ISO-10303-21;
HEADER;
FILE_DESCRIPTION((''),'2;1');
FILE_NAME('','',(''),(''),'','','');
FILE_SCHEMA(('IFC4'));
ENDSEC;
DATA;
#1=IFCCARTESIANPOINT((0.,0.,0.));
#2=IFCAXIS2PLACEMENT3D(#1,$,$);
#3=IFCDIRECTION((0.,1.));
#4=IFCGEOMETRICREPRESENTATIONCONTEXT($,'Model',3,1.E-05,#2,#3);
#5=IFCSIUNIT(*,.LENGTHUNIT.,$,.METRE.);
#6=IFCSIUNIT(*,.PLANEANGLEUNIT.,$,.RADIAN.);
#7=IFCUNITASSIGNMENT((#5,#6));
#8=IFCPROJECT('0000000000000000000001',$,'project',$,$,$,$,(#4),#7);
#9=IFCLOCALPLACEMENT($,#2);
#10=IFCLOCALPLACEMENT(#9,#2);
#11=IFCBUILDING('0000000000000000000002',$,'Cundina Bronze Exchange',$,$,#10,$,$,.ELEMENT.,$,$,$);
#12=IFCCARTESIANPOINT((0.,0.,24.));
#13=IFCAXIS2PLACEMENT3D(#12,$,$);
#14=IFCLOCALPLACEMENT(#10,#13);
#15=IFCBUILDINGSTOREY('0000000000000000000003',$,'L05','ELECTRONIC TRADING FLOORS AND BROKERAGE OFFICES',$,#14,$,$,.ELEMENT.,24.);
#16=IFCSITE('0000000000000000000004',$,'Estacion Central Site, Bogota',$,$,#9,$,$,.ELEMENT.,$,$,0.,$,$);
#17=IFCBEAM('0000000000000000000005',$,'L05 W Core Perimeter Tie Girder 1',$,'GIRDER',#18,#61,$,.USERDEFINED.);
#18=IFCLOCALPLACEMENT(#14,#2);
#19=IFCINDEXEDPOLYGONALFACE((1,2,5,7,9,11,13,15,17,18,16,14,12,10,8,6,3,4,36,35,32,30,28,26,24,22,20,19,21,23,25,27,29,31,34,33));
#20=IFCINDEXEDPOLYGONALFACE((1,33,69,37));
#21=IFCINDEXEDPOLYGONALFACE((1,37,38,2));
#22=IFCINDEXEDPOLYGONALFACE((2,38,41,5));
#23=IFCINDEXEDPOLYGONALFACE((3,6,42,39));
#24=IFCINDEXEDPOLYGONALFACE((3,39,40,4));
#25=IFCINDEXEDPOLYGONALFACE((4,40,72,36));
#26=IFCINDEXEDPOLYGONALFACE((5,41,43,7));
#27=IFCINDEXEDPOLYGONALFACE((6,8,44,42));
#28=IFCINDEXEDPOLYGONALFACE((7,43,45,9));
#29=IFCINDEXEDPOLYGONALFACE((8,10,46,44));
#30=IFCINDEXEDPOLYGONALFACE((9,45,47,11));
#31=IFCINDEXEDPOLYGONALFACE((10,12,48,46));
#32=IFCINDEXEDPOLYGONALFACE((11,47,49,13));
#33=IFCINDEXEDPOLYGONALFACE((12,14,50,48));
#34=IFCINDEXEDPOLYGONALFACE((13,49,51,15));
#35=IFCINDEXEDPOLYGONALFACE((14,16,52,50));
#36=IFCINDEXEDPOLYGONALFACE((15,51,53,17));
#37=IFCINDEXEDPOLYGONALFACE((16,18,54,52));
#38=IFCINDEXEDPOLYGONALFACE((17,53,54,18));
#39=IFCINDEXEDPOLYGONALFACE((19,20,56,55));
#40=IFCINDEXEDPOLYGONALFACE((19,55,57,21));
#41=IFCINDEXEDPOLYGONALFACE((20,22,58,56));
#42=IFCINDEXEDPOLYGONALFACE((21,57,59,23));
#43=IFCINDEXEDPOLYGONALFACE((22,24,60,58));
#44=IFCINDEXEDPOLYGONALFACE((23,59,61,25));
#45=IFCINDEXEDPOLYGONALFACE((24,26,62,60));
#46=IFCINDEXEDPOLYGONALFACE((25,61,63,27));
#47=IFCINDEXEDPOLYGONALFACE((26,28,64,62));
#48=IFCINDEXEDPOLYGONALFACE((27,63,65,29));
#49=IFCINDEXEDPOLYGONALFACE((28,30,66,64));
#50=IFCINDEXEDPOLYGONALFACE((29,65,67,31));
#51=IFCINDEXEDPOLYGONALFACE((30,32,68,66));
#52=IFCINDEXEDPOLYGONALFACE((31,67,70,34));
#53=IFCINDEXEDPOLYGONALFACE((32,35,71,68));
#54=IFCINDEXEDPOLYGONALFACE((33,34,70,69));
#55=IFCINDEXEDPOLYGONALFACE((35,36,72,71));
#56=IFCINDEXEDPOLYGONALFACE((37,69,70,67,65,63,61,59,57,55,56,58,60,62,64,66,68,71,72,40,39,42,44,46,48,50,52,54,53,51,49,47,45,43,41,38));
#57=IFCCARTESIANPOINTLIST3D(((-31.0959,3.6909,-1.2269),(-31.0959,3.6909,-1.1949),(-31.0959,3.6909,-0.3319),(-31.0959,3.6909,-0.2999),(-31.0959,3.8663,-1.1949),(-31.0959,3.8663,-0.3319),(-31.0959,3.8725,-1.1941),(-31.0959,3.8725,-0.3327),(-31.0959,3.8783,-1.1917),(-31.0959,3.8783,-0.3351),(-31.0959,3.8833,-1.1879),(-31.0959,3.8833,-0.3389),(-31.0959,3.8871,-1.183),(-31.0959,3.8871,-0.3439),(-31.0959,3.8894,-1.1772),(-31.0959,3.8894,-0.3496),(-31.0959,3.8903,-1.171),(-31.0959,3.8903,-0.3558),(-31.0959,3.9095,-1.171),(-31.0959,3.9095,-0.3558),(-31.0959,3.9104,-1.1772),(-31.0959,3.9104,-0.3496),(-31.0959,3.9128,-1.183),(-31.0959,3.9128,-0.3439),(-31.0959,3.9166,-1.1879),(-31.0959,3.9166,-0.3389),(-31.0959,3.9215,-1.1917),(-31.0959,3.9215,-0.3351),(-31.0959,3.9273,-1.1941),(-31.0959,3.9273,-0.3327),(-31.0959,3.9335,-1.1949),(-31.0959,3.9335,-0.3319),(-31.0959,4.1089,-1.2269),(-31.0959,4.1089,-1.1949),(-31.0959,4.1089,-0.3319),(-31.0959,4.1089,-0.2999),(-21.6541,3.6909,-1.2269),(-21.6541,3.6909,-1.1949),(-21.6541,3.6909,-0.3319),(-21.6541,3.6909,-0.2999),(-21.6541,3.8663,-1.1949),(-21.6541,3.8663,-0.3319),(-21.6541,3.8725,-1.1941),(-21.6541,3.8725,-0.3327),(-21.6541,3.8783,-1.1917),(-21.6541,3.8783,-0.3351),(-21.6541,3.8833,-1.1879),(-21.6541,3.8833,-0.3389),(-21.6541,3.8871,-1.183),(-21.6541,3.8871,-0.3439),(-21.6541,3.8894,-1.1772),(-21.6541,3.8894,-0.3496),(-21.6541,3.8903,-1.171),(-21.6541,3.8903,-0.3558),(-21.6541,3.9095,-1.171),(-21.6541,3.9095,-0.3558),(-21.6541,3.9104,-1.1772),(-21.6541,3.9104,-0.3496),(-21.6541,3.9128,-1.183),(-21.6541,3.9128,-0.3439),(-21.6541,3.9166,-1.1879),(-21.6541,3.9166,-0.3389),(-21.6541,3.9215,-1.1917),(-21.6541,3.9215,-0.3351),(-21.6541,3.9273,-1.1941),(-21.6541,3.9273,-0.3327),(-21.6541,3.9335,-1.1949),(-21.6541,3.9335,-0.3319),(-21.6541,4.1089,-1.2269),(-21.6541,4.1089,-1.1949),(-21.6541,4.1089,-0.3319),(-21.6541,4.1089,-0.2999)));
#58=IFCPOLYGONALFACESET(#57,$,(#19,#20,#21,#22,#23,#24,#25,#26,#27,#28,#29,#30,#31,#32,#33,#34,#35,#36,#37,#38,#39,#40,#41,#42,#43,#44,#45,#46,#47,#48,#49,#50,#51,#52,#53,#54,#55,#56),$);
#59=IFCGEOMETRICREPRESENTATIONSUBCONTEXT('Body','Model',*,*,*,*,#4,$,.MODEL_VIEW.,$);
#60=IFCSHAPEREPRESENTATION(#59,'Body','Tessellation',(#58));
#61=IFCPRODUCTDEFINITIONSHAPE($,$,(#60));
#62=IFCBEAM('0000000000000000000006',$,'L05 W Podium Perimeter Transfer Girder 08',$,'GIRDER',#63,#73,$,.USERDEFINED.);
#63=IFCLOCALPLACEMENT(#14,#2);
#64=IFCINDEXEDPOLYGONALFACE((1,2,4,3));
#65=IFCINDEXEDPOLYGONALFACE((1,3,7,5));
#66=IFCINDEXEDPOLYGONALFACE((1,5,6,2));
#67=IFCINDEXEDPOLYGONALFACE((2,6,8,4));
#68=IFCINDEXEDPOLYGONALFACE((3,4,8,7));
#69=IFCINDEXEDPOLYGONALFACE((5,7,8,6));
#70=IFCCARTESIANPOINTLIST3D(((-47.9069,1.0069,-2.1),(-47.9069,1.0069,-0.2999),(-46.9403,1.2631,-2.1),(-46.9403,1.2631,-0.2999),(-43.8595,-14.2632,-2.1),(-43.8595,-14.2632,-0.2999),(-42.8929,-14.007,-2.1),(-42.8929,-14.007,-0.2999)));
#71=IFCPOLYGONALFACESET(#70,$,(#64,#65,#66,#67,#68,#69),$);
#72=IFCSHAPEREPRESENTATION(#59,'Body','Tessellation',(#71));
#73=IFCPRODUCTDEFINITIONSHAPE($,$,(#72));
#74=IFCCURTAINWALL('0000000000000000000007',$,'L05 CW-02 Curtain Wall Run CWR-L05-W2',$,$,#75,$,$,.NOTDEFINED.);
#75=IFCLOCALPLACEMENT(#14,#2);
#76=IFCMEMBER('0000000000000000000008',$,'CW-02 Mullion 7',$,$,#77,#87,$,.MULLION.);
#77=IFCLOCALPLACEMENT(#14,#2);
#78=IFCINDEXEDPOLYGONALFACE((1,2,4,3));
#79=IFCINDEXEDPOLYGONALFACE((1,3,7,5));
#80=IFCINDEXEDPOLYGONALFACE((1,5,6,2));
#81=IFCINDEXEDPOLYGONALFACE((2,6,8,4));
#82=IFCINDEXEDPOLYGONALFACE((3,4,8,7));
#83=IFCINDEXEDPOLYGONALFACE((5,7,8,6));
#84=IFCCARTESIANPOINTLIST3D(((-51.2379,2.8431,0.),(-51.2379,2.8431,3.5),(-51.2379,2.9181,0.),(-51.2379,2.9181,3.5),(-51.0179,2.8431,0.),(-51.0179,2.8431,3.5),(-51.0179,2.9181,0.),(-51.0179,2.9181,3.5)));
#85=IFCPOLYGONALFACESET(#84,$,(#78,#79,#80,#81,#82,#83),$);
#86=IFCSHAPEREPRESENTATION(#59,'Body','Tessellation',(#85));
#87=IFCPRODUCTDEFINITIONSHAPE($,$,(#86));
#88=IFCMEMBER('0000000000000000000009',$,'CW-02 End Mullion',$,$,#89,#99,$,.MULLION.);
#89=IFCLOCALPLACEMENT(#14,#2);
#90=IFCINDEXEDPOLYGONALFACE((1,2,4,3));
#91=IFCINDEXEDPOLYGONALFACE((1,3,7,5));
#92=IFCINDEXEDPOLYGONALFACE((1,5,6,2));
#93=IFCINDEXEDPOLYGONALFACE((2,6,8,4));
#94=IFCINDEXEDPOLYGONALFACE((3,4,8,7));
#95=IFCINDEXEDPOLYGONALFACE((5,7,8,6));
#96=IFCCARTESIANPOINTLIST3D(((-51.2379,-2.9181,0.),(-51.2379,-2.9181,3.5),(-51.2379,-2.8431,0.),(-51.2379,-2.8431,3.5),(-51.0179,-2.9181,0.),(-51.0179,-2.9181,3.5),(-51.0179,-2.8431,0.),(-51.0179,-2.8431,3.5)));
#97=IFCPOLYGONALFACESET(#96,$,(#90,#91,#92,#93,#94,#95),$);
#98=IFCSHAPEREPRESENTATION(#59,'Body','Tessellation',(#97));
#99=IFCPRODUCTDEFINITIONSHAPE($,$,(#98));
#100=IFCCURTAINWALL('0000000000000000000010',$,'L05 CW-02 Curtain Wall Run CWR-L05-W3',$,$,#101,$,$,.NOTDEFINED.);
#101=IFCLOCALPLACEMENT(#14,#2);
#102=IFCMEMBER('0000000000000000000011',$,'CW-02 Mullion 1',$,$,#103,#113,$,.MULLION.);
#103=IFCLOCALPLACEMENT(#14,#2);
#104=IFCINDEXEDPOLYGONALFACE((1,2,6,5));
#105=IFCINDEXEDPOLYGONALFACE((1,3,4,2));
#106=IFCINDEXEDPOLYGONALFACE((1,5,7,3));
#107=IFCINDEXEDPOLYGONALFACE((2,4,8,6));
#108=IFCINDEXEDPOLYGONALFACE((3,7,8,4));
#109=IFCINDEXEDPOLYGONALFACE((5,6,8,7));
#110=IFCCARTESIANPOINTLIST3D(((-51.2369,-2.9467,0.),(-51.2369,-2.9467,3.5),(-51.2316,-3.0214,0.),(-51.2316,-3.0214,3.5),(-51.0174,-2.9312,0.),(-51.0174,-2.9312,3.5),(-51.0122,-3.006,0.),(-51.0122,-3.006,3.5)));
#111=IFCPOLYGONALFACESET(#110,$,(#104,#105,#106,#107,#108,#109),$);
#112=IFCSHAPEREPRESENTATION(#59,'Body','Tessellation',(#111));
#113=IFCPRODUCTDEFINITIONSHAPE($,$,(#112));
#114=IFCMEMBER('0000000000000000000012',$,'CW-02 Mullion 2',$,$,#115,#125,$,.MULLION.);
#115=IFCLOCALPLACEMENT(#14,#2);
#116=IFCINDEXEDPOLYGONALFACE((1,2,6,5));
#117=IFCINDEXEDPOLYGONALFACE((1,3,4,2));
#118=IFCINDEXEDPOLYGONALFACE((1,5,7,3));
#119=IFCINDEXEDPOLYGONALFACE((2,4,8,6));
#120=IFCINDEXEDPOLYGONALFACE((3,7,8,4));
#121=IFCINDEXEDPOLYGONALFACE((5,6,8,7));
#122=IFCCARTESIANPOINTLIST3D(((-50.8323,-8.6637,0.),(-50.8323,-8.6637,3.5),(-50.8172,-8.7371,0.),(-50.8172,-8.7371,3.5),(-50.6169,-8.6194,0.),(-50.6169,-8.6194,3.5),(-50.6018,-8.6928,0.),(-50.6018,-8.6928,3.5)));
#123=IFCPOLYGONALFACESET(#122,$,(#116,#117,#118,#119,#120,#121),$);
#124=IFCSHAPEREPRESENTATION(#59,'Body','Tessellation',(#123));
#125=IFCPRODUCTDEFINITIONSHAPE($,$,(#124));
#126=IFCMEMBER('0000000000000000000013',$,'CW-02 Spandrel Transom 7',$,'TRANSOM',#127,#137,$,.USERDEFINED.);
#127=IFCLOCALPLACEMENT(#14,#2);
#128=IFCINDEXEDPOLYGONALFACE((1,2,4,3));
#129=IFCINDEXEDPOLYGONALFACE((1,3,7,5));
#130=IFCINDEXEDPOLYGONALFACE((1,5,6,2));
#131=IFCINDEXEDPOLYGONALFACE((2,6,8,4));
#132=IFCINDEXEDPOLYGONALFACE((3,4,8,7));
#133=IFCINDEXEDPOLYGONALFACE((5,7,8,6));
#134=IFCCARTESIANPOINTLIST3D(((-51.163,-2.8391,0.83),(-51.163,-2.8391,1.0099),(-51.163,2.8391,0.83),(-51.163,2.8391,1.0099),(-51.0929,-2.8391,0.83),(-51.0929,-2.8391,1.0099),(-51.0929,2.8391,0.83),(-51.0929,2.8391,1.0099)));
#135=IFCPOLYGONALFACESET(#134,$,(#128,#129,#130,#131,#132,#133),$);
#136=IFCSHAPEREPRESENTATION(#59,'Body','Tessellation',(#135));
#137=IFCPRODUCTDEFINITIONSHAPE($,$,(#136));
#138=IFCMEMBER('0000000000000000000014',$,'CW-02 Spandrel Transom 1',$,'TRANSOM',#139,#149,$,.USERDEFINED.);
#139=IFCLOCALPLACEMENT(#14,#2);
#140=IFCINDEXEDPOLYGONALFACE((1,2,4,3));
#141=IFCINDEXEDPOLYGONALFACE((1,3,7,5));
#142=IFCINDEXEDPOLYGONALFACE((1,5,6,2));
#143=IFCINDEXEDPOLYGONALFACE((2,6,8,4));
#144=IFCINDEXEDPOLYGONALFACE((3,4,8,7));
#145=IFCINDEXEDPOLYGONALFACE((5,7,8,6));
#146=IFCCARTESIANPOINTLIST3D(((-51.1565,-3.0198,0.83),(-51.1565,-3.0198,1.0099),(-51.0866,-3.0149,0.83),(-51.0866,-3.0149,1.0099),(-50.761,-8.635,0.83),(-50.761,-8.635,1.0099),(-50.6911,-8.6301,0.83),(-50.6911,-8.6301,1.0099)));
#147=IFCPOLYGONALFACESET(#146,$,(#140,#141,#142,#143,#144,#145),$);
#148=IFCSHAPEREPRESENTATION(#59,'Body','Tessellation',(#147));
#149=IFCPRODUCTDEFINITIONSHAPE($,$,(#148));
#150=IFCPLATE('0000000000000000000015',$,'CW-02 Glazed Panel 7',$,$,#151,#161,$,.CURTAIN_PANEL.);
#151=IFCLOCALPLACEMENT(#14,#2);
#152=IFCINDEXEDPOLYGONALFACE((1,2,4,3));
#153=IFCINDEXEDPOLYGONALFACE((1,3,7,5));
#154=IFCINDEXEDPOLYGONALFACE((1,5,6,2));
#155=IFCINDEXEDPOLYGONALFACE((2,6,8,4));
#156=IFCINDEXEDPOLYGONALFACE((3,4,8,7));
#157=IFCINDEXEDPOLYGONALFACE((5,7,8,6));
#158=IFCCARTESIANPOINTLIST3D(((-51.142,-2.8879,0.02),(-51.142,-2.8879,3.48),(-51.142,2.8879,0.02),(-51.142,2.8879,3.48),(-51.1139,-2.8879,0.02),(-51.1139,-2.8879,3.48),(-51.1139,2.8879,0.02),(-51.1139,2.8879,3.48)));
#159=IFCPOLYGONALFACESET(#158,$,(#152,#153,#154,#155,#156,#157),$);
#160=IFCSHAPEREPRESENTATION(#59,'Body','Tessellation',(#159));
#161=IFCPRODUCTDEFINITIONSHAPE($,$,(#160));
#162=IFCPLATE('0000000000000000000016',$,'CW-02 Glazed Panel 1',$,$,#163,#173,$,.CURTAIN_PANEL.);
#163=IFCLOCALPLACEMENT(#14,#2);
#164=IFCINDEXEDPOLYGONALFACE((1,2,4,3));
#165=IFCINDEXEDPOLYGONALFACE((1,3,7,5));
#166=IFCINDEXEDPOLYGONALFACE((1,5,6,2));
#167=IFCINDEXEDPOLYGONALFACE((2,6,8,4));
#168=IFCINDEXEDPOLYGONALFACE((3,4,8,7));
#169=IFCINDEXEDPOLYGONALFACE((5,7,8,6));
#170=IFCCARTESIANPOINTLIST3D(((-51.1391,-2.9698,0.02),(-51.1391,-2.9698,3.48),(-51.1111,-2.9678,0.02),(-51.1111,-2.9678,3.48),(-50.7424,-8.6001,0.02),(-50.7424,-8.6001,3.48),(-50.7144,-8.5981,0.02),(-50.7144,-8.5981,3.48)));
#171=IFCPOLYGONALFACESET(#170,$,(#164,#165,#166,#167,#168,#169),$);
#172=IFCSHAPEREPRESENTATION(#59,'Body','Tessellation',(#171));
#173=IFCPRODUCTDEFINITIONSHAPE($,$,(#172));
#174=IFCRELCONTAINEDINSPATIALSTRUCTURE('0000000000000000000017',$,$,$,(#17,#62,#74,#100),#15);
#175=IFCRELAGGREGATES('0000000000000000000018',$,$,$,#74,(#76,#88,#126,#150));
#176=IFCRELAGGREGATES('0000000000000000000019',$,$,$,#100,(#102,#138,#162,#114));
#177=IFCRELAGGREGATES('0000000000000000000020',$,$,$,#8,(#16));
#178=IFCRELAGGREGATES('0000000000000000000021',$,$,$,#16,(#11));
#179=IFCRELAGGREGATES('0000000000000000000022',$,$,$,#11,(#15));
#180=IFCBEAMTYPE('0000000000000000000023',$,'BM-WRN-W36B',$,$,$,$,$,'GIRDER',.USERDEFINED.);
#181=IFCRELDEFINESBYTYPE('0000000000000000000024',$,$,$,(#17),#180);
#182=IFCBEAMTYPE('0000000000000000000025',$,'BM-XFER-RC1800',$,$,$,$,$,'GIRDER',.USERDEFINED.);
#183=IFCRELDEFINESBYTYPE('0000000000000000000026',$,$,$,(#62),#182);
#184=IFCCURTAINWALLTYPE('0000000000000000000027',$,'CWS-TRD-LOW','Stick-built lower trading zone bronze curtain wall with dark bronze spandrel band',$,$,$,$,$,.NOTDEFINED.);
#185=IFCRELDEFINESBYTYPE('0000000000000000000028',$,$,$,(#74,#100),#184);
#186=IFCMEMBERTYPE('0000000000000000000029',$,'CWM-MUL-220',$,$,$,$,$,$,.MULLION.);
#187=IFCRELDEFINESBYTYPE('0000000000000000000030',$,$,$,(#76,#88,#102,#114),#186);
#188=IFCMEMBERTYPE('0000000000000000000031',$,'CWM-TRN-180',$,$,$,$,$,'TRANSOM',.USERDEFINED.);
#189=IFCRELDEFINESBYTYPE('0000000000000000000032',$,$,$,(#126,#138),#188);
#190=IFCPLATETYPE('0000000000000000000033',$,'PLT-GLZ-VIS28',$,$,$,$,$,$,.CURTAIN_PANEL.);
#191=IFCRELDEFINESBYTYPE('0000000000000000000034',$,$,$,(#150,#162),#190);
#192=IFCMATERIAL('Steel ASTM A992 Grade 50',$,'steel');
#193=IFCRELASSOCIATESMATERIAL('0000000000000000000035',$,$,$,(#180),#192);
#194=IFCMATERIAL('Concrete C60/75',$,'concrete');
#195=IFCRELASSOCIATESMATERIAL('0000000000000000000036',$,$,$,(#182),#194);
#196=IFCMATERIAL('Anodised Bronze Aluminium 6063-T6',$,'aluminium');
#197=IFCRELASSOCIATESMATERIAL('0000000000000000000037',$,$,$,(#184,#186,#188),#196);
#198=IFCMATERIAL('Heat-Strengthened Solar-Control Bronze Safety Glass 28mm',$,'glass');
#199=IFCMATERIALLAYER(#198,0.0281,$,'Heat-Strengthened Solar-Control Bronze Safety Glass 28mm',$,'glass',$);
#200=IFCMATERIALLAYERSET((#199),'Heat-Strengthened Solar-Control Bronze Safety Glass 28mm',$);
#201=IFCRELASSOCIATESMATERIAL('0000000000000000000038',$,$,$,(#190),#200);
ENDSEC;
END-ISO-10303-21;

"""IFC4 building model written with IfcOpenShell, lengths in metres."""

from ifc_helpers import new_model, si_unit, direction, frame, origin, origin_2d, place, context, subcontext, project, spatial, rectangle, i_section, extrude, material, layer, layer_set, material_profile, profile_set, type_object, element, aggregate, save


model = new_model("IFC4")

# Units and contexts
model_context = context("Model", 3, precision=1e-05, world=origin(), true_north=direction((0.0, 1.0)))
body_context = subcontext(model_context, "Body", "Model", "MODEL_VIEW")
ifc_project = project(units=[si_unit("LENGTHUNIT", "METRE"), si_unit("PLANEANGLEUNIT", "RADIAN")], contexts=[model_context])

# Site, building, storey
site_placement = place(None, origin())
site = spatial("IfcSite", under=ifc_project, at=site_placement, Name="Estacion Central Site, Bogota", CompositionType="ELEMENT", RefElevation=0.0)
building_placement = place(site_placement, origin())
building = spatial("IfcBuilding", under=site, at=building_placement, Name="Cundina Bronze Exchange", CompositionType="ELEMENT")
storey_placement = place(building_placement, frame((0.0, 0.0, 24.0)))
storey = spatial("IfcBuildingStorey", under=building, at=storey_placement, Name="L05", Description="ELECTRONIC TRADING FLOORS AND BROKERAGE OFFICES", CompositionType="ELEMENT", Elevation=24.0)

# Shared definitions
ifc_material_1 = material(Name="Steel ASTM A992 Grade 50", Category="steel")
ifc_material_2 = material(Name="Concrete C60/75", Category="concrete")

# Beams
ifc_material_profile_1 = material_profile(ifc_material_1, i_section(OverallWidth=0.418, OverallDepth=0.927, WebThickness=0.0193, FlangeThickness=0.032, FilletRadius=0.0239, at=origin_2d()), Name="W36X231", Category="steel")
ifc_profile_set_1 = profile_set([ifc_material_profile_1], Name="Steel ASTM A992 Grade 50")
beam_type_1 = type_object("IfcBeamType", Name="BM-WRN-W36B", ElementType="GIRDER", PredefinedType="USERDEFINED", material=ifc_profile_set_1)
beam_1_placement = place(storey_placement, frame((-31.0959, 3.8999, -0.7634), z_axis=(1.0, 0.0, 0.0), x_axis=(0.0, 1.0, 0.0)))
element("IfcBeam", 1, at=beam_1_placement, inside=storey, type_object=beam_type_1, Name="L05 W Core Perimeter Tie Girder 1", ObjectType="GIRDER", PredefinedType="USERDEFINED", context=body_context, shape_type="SweptSolid", body=[
    extrude(i_section(OverallWidth=0.418, OverallDepth=0.927, WebThickness=0.0193, FlangeThickness=0.032, FilletRadius=0.0239, at=origin_2d()), origin(), (0.0, 0.0, 1.0), 9.4419),
])
ifc_material_profile_2 = material_profile(ifc_material_2, rectangle(XDim=1.0, YDim=1.8, at=origin_2d()), Name="RC1000X1800", Category="concrete")
ifc_profile_set_2 = profile_set([ifc_material_profile_2], Name="Concrete C60/75")
beam_type_2 = type_object("IfcBeamType", Name="BM-XFER-RC1800", ElementType="GIRDER", PredefinedType="USERDEFINED", material=ifc_profile_set_2)
beam_2_placement = place(storey_placement, frame((-47.4236, 1.135, -1.2), z_axis=(0.256206, -0.966622, 0.0), x_axis=(0.966622, 0.256206, 0.0)))
element("IfcBeam", 2, at=beam_2_placement, inside=storey, type_object=beam_type_2, Name="L05 W Podium Perimeter Transfer Girder 08", ObjectType="GIRDER", PredefinedType="USERDEFINED", context=body_context, shape_type="SweptSolid", body=[
    extrude(rectangle(XDim=1.0, YDim=1.8, at=origin_2d()), origin(), (0.0, 0.0, 1.0), 15.7974),
])

# Curtain walls, members
ifc_material_3 = material(Name="Anodised Bronze Aluminium 6063-T6", Category="aluminium")
curtain_wall_type = type_object("IfcCurtainWallType", Name="CWS-TRD-LOW", Description="Stick-built lower trading zone bronze curtain wall with dark bronze spandrel band", PredefinedType="NOTDEFINED", material=ifc_material_3)
curtain_wall_1_placement = place(storey_placement, origin())
curtain_wall_1 = element("IfcCurtainWall", 3, at=curtain_wall_1_placement, inside=storey, type_object=curtain_wall_type, Name="L05 CW-02 Curtain Wall Run CWR-L05-W2", PredefinedType="NOTDEFINED")
ifc_material_profile_3 = material_profile(ifc_material_3, rectangle(XDim=0.075, YDim=0.22, at=origin_2d()), Name="AL75X220", Category="aluminium")
ifc_profile_set_3 = profile_set([ifc_material_profile_3], Name="Anodised Bronze Aluminium 6063-T6")
member_type_1 = type_object("IfcMemberType", Name="CWM-MUL-220", PredefinedType="MULLION", material=ifc_profile_set_3)
member_1_placement = place(storey_placement, frame((-51.1279, 2.8806, 0.0), z_axis=(0.0, 0.0, 1.0), x_axis=(0.0, -1.0, 0.0)))
member_1 = element("IfcMember", 4, at=member_1_placement, type_object=member_type_1, Name="CW-02 Mullion 7", PredefinedType="MULLION", context=body_context, shape_type="SweptSolid", body=[
    extrude(rectangle(XDim=0.075, YDim=0.22, at=origin_2d()), origin(), (0.0, 0.0, 1.0), 3.5),
])
member_2_placement = place(storey_placement, frame((-51.1279, -2.8806, 0.0), z_axis=(0.0, 0.0, 1.0), x_axis=(0.0, -1.0, 0.0)))
member_2 = element("IfcMember", 5, at=member_2_placement, type_object=member_type_1, Name="CW-02 End Mullion", PredefinedType="MULLION", context=body_context, shape_type="SweptSolid", body=[
    extrude(rectangle(XDim=0.075, YDim=0.22, at=origin_2d()), origin(), (0.0, 0.0, 1.0), 3.5),
])
curtain_wall_2_placement = place(storey_placement, origin())
curtain_wall_2 = element("IfcCurtainWall", 6, at=curtain_wall_2_placement, inside=storey, type_object=curtain_wall_type, Name="L05 CW-02 Curtain Wall Run CWR-L05-W3", PredefinedType="NOTDEFINED")
member_3_placement = place(storey_placement, frame((-51.1245, -2.9763, 0.0), z_axis=(0.0, 0.0, 1.0), x_axis=(0.070279, -0.997527, 0.0)))
member_3 = element("IfcMember", 7, at=member_3_placement, type_object=member_type_1, Name="CW-02 Mullion 1", PredefinedType="MULLION", context=body_context, shape_type="SweptSolid", body=[
    extrude(rectangle(XDim=0.075, YDim=0.22, at=origin_2d()), origin(), (0.0, 0.0, 1.0), 3.5),
])
member_4_placement = place(storey_placement, frame((-50.717, -8.6782, 0.0), z_axis=(0.0, 0.0, 1.0), x_axis=(0.20142, -0.979505, 0.0)))
member_4 = element("IfcMember", 8, at=member_4_placement, type_object=member_type_1, Name="CW-02 Mullion 2", PredefinedType="MULLION", context=body_context, shape_type="SweptSolid", body=[
    extrude(rectangle(XDim=0.075, YDim=0.22, at=origin_2d()), origin(), (0.0, 0.0, 1.0), 3.5),
])

# Members
ifc_material_profile_4 = material_profile(ifc_material_3, rectangle(XDim=0.0701, YDim=0.1799, at=origin_2d()), Name="AL70X180", Category="aluminium")
ifc_profile_set_4 = profile_set([ifc_material_profile_4], Name="Anodised Bronze Aluminium 6063-T6")
member_type_2 = type_object("IfcMemberType", Name="CWM-TRN-180", ElementType="TRANSOM", PredefinedType="USERDEFINED", material=ifc_profile_set_4)
member_5_placement = place(storey_placement, frame((-51.1279, 2.8391, 0.9199), z_axis=(0.0, -1.0, 0.0), x_axis=(1.0, 0.0, 0.0)))
member_5 = element("IfcMember", 9, at=member_5_placement, type_object=member_type_2, Name="CW-02 Spandrel Transom 7", ObjectType="TRANSOM", PredefinedType="USERDEFINED", context=body_context, shape_type="SweptSolid", body=[
    extrude(rectangle(XDim=0.0701, YDim=0.1799, at=origin_2d()), origin(), (0.0, 0.0, 1.0), 5.6782),
])
member_6_placement = place(storey_placement, frame((-51.1216, -3.0173, 0.9199), z_axis=(0.070261, -0.997529, 0.0), x_axis=(0.997529, 0.070261, 0.0)))
member_6 = element("IfcMember", 10, at=member_6_placement, type_object=member_type_2, Name="CW-02 Spandrel Transom 1", ObjectType="TRANSOM", PredefinedType="USERDEFINED", context=body_context, shape_type="SweptSolid", body=[
    extrude(rectangle(XDim=0.0701, YDim=0.1799, at=origin_2d()), origin(), (0.0, 0.0, 1.0), 5.6292),
])

# Plates
ifc_material_4 = material(Name="Heat-Strengthened Solar-Control Bronze Safety Glass 28mm", Category="glass")
ifc_layer_1 = layer(ifc_material_4, 0.0281, Name="Heat-Strengthened Solar-Control Bronze Safety Glass 28mm", Category="glass")
ifc_layer_set_1 = layer_set([ifc_layer_1], Name="Heat-Strengthened Solar-Control Bronze Safety Glass 28mm")
plate_type = type_object("IfcPlateType", Name="PLT-GLZ-VIS28", PredefinedType="CURTAIN_PANEL", material=ifc_layer_set_1)
plate_1_placement = place(storey_placement, frame((-51.1279, 0.0, 0.02), z_axis=(0.0, 0.0, 1.0), x_axis=(0.0, -1.0, 0.0)))
plate_1 = element("IfcPlate", 11, at=plate_1_placement, type_object=plate_type, Name="CW-02 Glazed Panel 7", PredefinedType="CURTAIN_PANEL", context=body_context, shape_type="SweptSolid", body=[
    extrude(rectangle(XDim=5.7759, YDim=0.0281, at=origin_2d()), origin(), (0.0, 0.0, 1.0), 3.46),
])
aggregate(curtain_wall_1, [member_1, member_2, member_5, plate_1])
plate_2_placement = place(storey_placement, frame((-50.9268, -5.7839, 0.02), z_axis=(0.0, 0.0, 1.0), x_axis=(0.070279, -0.997527, 0.0)))
plate_2 = element("IfcPlate", 12, at=plate_2_placement, type_object=plate_type, Name="CW-02 Glazed Panel 1", PredefinedType="CURTAIN_PANEL", context=body_context, shape_type="SweptSolid", body=[
    extrude(rectangle(XDim=5.6443, YDim=0.0281, at=origin_2d()), origin(), (0.0, 0.0, 1.0), 3.46),
])
aggregate(curtain_wall_2, [member_3, member_6, plate_2, member_4])

save(model, "model.ifc")
